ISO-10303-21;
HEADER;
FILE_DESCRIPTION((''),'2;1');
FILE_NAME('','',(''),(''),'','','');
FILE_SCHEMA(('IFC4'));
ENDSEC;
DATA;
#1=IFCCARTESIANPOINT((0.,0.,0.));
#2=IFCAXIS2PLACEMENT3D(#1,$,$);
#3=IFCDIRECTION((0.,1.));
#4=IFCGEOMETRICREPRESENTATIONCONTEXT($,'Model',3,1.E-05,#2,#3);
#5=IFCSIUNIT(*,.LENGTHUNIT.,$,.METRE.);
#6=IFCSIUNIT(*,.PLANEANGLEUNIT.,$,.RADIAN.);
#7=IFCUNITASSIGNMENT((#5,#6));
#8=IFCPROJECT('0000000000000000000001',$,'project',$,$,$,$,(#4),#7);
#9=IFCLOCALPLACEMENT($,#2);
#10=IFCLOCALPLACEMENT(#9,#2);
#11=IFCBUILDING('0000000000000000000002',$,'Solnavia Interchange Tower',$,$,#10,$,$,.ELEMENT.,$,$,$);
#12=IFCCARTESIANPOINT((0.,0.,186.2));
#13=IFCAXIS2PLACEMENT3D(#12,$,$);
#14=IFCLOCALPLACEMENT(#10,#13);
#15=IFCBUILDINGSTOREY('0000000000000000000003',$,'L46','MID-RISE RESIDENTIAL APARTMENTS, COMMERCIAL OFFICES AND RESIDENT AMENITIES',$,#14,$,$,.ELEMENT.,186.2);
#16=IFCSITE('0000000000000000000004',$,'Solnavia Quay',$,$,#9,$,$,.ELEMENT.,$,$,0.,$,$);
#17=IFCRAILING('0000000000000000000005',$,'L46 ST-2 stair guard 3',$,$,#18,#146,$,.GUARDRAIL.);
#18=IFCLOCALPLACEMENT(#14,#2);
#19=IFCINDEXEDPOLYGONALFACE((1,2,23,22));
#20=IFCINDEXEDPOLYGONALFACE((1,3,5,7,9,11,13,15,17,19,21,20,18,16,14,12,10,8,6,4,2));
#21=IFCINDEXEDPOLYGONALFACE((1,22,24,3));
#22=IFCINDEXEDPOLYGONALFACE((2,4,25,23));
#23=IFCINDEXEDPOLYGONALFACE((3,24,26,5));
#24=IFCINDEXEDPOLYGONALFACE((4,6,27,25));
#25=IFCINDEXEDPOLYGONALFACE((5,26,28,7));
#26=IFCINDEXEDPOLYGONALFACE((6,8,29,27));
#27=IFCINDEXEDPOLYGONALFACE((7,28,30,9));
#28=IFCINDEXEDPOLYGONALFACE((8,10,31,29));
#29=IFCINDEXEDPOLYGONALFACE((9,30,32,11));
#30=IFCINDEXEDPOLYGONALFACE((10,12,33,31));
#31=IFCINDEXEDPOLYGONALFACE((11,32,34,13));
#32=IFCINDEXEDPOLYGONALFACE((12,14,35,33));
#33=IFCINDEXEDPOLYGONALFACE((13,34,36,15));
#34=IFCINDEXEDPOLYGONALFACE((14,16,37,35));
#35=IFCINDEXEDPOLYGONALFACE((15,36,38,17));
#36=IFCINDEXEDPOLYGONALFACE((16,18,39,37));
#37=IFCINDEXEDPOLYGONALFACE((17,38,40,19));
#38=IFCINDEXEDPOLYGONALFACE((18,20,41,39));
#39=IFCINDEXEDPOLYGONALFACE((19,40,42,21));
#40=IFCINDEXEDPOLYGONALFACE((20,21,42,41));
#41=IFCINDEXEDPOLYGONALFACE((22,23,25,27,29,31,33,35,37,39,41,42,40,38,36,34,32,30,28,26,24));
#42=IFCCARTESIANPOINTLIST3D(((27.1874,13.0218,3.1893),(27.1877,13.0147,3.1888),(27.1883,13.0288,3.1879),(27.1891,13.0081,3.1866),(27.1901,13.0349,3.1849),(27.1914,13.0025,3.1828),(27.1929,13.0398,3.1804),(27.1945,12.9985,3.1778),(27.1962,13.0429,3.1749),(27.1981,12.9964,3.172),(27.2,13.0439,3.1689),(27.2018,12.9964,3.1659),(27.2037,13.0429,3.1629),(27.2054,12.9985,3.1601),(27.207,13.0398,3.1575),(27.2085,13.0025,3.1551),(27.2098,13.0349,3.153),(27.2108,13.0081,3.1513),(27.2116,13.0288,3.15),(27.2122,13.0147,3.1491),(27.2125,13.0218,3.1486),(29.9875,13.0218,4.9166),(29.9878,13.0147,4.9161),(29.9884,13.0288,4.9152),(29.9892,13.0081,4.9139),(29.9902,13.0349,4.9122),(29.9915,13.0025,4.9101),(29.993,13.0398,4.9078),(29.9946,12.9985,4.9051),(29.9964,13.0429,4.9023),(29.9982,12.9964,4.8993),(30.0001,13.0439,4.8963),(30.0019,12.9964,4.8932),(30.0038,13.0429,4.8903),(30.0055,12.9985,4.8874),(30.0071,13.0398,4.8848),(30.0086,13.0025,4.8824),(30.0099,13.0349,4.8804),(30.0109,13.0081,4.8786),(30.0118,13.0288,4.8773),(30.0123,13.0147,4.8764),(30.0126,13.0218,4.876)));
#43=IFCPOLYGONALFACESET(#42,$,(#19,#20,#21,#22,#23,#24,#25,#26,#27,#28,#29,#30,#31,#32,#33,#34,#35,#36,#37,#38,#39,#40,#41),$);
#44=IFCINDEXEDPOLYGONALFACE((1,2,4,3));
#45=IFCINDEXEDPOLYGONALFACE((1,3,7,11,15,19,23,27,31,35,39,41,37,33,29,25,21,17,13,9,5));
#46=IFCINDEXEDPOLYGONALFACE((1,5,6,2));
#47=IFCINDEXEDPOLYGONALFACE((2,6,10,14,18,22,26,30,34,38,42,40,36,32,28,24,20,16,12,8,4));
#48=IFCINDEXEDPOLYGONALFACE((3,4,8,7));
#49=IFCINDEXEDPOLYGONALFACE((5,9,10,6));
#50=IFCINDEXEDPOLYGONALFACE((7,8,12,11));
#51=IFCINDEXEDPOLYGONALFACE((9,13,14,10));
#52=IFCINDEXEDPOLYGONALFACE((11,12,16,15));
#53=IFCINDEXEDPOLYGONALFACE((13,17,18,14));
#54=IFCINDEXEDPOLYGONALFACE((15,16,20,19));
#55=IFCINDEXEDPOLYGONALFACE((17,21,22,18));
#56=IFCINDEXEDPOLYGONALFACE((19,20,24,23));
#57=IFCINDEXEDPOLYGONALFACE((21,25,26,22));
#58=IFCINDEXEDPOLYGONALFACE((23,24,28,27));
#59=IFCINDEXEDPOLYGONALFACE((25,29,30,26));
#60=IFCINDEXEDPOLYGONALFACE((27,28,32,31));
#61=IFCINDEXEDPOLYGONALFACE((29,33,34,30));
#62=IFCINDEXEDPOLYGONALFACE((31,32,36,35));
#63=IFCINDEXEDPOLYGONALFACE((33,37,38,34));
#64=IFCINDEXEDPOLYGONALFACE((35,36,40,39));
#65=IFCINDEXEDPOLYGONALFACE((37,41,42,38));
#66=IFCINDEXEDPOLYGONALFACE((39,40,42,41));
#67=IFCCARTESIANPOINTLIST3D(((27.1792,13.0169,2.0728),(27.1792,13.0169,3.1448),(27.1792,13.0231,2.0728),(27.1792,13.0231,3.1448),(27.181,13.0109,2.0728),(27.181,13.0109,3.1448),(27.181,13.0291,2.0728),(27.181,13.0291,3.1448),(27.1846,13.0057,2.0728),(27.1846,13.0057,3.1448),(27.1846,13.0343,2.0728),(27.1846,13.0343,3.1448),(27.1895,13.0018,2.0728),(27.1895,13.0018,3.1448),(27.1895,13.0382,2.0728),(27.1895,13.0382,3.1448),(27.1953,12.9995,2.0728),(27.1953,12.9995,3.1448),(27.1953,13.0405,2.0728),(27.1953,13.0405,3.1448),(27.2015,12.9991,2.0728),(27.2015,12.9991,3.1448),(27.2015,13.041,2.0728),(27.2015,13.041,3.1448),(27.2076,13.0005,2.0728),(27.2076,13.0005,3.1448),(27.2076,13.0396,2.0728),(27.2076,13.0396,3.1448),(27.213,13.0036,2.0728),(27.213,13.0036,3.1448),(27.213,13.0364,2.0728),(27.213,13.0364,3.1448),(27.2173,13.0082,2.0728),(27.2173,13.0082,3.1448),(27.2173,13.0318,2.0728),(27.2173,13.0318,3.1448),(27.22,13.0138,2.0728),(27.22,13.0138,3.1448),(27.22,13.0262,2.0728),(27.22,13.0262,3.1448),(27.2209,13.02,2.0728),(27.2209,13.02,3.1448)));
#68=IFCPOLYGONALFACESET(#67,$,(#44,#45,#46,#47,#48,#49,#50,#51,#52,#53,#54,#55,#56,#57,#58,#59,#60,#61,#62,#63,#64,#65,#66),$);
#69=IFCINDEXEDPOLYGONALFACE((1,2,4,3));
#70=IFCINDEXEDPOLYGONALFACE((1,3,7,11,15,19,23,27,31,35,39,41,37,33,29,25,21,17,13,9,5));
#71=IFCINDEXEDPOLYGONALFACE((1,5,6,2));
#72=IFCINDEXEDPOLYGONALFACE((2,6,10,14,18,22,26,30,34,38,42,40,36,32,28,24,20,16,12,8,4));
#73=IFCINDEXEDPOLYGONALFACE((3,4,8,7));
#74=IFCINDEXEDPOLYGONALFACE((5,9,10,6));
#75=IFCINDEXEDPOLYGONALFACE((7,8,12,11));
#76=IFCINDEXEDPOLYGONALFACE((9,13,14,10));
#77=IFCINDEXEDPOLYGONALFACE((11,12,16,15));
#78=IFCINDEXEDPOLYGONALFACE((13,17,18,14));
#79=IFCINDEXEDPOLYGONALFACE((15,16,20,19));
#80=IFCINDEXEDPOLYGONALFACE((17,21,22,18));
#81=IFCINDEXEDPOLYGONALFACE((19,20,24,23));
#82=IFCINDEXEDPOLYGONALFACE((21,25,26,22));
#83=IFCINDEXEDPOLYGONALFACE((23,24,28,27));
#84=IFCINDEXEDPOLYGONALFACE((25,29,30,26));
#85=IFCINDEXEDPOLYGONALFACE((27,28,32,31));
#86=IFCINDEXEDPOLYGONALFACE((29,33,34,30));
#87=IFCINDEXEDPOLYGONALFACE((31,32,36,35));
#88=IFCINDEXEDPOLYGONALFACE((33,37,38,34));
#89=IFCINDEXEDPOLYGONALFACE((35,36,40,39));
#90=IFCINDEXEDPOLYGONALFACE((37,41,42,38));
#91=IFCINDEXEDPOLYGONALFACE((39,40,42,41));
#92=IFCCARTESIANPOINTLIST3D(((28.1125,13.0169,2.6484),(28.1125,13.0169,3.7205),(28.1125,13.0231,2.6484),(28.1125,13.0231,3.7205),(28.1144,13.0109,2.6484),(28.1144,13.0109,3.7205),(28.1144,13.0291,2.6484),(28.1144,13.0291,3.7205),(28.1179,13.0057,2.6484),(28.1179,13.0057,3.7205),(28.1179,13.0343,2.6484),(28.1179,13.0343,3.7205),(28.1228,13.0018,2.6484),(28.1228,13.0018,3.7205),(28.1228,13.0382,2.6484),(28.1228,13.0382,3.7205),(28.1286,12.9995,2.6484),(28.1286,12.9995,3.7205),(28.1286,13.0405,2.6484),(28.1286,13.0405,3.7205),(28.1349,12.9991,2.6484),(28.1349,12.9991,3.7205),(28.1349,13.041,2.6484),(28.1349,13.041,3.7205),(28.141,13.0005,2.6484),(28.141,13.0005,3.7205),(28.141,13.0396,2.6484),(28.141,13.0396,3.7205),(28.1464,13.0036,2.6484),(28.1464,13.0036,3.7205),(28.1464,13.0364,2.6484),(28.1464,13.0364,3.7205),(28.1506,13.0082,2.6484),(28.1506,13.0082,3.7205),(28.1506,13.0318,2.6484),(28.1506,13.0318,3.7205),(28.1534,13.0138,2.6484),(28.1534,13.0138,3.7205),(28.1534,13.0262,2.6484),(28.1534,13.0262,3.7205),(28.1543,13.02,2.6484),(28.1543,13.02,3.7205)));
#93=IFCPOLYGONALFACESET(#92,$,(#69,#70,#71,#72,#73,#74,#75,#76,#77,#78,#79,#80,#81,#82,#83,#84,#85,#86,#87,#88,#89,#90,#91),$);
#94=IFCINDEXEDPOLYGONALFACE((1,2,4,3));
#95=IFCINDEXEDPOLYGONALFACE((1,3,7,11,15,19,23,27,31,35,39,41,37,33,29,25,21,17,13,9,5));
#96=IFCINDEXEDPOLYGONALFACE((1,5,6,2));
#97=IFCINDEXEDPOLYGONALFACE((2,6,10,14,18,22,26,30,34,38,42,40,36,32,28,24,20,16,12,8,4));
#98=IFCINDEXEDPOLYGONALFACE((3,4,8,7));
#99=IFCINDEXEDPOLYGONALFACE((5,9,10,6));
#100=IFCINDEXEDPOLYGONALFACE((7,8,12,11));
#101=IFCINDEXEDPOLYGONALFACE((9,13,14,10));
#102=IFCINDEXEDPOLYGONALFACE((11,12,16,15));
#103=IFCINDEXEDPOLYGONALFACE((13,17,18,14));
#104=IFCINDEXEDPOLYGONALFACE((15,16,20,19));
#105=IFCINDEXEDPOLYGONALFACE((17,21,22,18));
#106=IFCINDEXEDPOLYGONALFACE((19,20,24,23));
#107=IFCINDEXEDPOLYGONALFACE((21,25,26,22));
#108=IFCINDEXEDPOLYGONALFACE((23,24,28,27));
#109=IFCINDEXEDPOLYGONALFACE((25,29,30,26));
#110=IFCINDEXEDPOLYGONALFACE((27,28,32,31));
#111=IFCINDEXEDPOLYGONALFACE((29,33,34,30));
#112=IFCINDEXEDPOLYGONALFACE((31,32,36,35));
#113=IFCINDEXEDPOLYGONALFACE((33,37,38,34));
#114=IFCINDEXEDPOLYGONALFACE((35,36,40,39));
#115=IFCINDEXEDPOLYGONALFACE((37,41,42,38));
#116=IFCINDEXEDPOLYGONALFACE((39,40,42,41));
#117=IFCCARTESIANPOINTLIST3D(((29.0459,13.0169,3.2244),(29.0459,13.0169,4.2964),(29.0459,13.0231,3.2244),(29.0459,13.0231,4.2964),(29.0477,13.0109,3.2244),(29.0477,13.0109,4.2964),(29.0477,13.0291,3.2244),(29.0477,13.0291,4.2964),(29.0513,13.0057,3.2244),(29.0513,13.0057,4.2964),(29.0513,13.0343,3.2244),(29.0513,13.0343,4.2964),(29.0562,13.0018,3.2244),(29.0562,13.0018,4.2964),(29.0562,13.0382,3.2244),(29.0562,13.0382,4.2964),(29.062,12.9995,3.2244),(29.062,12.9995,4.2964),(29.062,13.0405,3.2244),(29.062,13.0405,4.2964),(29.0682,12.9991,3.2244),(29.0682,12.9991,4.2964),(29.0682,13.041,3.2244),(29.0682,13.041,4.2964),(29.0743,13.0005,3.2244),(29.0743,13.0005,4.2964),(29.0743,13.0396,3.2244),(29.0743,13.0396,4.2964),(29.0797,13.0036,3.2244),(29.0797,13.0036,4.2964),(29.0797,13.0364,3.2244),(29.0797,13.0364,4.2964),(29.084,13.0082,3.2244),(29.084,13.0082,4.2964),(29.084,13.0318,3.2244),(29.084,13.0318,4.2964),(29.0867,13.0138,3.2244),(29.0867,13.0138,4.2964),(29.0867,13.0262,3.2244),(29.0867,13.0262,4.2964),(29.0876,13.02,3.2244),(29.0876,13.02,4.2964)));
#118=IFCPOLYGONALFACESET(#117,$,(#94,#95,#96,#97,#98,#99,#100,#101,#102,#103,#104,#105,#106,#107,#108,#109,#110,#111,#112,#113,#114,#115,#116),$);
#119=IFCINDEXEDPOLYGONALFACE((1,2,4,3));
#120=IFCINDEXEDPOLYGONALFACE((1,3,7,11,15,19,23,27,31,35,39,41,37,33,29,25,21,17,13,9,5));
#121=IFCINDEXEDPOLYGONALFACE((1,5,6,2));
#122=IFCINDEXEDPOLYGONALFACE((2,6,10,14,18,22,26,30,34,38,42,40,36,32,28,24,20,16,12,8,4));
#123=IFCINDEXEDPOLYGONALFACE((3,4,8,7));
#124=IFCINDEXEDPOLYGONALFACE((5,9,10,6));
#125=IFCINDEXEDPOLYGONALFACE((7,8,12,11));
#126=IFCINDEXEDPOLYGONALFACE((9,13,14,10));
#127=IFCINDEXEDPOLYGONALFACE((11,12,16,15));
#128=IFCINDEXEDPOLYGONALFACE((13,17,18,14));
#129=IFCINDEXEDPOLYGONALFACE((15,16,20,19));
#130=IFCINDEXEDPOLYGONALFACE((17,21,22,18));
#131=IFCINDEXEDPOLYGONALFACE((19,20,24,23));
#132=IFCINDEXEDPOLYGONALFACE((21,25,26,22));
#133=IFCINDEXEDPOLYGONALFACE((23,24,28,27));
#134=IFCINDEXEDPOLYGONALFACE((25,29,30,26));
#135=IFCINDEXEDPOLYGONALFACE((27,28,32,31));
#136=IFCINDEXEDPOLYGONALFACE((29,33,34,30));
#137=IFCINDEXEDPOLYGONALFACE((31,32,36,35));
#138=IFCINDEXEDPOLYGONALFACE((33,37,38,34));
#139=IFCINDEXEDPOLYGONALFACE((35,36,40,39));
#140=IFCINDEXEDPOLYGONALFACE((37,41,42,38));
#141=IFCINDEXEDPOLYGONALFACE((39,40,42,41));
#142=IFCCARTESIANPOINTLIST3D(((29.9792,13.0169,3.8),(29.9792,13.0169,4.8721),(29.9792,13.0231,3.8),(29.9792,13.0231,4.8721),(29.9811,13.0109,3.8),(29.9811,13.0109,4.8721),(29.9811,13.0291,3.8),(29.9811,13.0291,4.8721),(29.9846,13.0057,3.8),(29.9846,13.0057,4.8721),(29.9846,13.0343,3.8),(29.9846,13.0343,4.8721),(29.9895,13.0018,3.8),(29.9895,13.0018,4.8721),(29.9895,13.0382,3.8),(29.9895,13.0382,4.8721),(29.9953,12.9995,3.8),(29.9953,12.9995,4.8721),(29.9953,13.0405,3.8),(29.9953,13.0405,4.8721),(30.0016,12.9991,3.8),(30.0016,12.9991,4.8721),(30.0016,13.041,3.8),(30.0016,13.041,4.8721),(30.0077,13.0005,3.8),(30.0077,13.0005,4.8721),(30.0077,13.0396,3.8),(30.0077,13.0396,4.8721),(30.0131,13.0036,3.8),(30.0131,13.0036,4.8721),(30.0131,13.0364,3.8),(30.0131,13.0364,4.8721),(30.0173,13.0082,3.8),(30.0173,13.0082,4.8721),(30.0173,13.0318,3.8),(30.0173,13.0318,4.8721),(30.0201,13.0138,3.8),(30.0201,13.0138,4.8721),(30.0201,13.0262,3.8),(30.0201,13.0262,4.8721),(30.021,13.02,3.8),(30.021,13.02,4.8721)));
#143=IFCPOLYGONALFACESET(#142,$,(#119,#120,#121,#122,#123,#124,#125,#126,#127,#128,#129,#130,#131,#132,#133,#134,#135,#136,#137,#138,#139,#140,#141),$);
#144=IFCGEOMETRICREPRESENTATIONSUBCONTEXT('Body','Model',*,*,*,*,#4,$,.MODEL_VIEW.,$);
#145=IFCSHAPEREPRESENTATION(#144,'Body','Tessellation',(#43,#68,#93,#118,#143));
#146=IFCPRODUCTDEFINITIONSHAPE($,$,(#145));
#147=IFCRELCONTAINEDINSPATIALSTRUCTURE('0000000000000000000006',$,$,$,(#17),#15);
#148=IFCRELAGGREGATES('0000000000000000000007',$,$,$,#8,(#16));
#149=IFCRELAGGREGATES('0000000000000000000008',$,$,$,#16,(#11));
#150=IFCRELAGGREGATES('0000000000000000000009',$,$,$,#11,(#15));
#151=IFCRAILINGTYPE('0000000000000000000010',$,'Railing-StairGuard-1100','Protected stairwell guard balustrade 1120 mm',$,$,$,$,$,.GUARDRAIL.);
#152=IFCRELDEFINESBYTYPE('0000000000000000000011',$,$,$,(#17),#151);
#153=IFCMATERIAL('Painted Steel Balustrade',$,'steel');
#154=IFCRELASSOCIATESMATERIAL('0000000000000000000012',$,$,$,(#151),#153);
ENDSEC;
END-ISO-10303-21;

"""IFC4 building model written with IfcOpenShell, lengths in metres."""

from ifc_helpers import new_model, si_unit, direction, frame, origin, origin_2d, place, context, subcontext, project, spatial, circle, extrude, material, type_object, element, save


model = new_model("IFC4")

# Units and contexts
model_context = context("Model", 3, precision=1e-05, world=origin(), true_north=direction((0.0, 1.0)))
body_context = subcontext(model_context, "Body", "Model", "MODEL_VIEW")
ifc_project = project(units=[si_unit("LENGTHUNIT", "METRE"), si_unit("PLANEANGLEUNIT", "RADIAN")], contexts=[model_context])

# Site, building, storey
site_placement = place(None, origin())
site = spatial("IfcSite", under=ifc_project, at=site_placement, Name="Solnavia Quay", CompositionType="ELEMENT", RefElevation=0.0)
building_placement = place(site_placement, origin())
building = spatial("IfcBuilding", under=site, at=building_placement, Name="Solnavia Interchange Tower", CompositionType="ELEMENT")
storey_placement = place(building_placement, frame((0.0, 0.0, 186.2)))
storey = spatial("IfcBuildingStorey", under=building, at=storey_placement, Name="L46", Description="MID-RISE RESIDENTIAL APARTMENTS, COMMERCIAL OFFICES AND RESIDENT AMENITIES", CompositionType="ELEMENT", Elevation=186.2)

# Railing
ifc_material_1 = material(Name="Painted Steel Balustrade", Category="steel")
railing_type_1 = type_object("IfcRailingType", Name="Railing-StairGuard-1100", Description="Protected stairwell guard balustrade 1120 mm", PredefinedType="GUARDRAIL", material=ifc_material_1)
railing_1_placement = place(storey_placement, frame((27.2, 13.02, 2.0728)))
element("IfcRailing", 1, at=railing_1_placement, inside=storey, type_object=railing_type_1, Name="L46 ST-2 stair guard 3", PredefinedType="GUARDRAIL", context=body_context, shape_type="SweptSolid", body=[
    extrude(circle(Radius=0.0239, at=origin_2d()), frame((0.0, 0.0, 1.0962), z_axis=(0.85109, 0.0, 0.52502), x_axis=(0.0, 1.0, 0.0)), (0.0, 0.0, 1.0), 3.29),
    extrude(circle(Radius=0.021, at=origin_2d()), origin(), (0.0, 0.0, 1.0), 1.072),
    extrude(circle(Radius=0.021, at=origin_2d()), frame((0.9333, 0.0, 0.5757)), (0.0, 0.0, 1.0), 1.072),
    extrude(circle(Radius=0.021, at=origin_2d()), frame((1.8667, 0.0, 1.1516)), (0.0, 0.0, 1.0), 1.072),
    extrude(circle(Radius=0.021, at=origin_2d()), frame((2.8, 0.0, 1.7273)), (0.0, 0.0, 1.0), 1.072),
])

save(model, "model.ifc")
